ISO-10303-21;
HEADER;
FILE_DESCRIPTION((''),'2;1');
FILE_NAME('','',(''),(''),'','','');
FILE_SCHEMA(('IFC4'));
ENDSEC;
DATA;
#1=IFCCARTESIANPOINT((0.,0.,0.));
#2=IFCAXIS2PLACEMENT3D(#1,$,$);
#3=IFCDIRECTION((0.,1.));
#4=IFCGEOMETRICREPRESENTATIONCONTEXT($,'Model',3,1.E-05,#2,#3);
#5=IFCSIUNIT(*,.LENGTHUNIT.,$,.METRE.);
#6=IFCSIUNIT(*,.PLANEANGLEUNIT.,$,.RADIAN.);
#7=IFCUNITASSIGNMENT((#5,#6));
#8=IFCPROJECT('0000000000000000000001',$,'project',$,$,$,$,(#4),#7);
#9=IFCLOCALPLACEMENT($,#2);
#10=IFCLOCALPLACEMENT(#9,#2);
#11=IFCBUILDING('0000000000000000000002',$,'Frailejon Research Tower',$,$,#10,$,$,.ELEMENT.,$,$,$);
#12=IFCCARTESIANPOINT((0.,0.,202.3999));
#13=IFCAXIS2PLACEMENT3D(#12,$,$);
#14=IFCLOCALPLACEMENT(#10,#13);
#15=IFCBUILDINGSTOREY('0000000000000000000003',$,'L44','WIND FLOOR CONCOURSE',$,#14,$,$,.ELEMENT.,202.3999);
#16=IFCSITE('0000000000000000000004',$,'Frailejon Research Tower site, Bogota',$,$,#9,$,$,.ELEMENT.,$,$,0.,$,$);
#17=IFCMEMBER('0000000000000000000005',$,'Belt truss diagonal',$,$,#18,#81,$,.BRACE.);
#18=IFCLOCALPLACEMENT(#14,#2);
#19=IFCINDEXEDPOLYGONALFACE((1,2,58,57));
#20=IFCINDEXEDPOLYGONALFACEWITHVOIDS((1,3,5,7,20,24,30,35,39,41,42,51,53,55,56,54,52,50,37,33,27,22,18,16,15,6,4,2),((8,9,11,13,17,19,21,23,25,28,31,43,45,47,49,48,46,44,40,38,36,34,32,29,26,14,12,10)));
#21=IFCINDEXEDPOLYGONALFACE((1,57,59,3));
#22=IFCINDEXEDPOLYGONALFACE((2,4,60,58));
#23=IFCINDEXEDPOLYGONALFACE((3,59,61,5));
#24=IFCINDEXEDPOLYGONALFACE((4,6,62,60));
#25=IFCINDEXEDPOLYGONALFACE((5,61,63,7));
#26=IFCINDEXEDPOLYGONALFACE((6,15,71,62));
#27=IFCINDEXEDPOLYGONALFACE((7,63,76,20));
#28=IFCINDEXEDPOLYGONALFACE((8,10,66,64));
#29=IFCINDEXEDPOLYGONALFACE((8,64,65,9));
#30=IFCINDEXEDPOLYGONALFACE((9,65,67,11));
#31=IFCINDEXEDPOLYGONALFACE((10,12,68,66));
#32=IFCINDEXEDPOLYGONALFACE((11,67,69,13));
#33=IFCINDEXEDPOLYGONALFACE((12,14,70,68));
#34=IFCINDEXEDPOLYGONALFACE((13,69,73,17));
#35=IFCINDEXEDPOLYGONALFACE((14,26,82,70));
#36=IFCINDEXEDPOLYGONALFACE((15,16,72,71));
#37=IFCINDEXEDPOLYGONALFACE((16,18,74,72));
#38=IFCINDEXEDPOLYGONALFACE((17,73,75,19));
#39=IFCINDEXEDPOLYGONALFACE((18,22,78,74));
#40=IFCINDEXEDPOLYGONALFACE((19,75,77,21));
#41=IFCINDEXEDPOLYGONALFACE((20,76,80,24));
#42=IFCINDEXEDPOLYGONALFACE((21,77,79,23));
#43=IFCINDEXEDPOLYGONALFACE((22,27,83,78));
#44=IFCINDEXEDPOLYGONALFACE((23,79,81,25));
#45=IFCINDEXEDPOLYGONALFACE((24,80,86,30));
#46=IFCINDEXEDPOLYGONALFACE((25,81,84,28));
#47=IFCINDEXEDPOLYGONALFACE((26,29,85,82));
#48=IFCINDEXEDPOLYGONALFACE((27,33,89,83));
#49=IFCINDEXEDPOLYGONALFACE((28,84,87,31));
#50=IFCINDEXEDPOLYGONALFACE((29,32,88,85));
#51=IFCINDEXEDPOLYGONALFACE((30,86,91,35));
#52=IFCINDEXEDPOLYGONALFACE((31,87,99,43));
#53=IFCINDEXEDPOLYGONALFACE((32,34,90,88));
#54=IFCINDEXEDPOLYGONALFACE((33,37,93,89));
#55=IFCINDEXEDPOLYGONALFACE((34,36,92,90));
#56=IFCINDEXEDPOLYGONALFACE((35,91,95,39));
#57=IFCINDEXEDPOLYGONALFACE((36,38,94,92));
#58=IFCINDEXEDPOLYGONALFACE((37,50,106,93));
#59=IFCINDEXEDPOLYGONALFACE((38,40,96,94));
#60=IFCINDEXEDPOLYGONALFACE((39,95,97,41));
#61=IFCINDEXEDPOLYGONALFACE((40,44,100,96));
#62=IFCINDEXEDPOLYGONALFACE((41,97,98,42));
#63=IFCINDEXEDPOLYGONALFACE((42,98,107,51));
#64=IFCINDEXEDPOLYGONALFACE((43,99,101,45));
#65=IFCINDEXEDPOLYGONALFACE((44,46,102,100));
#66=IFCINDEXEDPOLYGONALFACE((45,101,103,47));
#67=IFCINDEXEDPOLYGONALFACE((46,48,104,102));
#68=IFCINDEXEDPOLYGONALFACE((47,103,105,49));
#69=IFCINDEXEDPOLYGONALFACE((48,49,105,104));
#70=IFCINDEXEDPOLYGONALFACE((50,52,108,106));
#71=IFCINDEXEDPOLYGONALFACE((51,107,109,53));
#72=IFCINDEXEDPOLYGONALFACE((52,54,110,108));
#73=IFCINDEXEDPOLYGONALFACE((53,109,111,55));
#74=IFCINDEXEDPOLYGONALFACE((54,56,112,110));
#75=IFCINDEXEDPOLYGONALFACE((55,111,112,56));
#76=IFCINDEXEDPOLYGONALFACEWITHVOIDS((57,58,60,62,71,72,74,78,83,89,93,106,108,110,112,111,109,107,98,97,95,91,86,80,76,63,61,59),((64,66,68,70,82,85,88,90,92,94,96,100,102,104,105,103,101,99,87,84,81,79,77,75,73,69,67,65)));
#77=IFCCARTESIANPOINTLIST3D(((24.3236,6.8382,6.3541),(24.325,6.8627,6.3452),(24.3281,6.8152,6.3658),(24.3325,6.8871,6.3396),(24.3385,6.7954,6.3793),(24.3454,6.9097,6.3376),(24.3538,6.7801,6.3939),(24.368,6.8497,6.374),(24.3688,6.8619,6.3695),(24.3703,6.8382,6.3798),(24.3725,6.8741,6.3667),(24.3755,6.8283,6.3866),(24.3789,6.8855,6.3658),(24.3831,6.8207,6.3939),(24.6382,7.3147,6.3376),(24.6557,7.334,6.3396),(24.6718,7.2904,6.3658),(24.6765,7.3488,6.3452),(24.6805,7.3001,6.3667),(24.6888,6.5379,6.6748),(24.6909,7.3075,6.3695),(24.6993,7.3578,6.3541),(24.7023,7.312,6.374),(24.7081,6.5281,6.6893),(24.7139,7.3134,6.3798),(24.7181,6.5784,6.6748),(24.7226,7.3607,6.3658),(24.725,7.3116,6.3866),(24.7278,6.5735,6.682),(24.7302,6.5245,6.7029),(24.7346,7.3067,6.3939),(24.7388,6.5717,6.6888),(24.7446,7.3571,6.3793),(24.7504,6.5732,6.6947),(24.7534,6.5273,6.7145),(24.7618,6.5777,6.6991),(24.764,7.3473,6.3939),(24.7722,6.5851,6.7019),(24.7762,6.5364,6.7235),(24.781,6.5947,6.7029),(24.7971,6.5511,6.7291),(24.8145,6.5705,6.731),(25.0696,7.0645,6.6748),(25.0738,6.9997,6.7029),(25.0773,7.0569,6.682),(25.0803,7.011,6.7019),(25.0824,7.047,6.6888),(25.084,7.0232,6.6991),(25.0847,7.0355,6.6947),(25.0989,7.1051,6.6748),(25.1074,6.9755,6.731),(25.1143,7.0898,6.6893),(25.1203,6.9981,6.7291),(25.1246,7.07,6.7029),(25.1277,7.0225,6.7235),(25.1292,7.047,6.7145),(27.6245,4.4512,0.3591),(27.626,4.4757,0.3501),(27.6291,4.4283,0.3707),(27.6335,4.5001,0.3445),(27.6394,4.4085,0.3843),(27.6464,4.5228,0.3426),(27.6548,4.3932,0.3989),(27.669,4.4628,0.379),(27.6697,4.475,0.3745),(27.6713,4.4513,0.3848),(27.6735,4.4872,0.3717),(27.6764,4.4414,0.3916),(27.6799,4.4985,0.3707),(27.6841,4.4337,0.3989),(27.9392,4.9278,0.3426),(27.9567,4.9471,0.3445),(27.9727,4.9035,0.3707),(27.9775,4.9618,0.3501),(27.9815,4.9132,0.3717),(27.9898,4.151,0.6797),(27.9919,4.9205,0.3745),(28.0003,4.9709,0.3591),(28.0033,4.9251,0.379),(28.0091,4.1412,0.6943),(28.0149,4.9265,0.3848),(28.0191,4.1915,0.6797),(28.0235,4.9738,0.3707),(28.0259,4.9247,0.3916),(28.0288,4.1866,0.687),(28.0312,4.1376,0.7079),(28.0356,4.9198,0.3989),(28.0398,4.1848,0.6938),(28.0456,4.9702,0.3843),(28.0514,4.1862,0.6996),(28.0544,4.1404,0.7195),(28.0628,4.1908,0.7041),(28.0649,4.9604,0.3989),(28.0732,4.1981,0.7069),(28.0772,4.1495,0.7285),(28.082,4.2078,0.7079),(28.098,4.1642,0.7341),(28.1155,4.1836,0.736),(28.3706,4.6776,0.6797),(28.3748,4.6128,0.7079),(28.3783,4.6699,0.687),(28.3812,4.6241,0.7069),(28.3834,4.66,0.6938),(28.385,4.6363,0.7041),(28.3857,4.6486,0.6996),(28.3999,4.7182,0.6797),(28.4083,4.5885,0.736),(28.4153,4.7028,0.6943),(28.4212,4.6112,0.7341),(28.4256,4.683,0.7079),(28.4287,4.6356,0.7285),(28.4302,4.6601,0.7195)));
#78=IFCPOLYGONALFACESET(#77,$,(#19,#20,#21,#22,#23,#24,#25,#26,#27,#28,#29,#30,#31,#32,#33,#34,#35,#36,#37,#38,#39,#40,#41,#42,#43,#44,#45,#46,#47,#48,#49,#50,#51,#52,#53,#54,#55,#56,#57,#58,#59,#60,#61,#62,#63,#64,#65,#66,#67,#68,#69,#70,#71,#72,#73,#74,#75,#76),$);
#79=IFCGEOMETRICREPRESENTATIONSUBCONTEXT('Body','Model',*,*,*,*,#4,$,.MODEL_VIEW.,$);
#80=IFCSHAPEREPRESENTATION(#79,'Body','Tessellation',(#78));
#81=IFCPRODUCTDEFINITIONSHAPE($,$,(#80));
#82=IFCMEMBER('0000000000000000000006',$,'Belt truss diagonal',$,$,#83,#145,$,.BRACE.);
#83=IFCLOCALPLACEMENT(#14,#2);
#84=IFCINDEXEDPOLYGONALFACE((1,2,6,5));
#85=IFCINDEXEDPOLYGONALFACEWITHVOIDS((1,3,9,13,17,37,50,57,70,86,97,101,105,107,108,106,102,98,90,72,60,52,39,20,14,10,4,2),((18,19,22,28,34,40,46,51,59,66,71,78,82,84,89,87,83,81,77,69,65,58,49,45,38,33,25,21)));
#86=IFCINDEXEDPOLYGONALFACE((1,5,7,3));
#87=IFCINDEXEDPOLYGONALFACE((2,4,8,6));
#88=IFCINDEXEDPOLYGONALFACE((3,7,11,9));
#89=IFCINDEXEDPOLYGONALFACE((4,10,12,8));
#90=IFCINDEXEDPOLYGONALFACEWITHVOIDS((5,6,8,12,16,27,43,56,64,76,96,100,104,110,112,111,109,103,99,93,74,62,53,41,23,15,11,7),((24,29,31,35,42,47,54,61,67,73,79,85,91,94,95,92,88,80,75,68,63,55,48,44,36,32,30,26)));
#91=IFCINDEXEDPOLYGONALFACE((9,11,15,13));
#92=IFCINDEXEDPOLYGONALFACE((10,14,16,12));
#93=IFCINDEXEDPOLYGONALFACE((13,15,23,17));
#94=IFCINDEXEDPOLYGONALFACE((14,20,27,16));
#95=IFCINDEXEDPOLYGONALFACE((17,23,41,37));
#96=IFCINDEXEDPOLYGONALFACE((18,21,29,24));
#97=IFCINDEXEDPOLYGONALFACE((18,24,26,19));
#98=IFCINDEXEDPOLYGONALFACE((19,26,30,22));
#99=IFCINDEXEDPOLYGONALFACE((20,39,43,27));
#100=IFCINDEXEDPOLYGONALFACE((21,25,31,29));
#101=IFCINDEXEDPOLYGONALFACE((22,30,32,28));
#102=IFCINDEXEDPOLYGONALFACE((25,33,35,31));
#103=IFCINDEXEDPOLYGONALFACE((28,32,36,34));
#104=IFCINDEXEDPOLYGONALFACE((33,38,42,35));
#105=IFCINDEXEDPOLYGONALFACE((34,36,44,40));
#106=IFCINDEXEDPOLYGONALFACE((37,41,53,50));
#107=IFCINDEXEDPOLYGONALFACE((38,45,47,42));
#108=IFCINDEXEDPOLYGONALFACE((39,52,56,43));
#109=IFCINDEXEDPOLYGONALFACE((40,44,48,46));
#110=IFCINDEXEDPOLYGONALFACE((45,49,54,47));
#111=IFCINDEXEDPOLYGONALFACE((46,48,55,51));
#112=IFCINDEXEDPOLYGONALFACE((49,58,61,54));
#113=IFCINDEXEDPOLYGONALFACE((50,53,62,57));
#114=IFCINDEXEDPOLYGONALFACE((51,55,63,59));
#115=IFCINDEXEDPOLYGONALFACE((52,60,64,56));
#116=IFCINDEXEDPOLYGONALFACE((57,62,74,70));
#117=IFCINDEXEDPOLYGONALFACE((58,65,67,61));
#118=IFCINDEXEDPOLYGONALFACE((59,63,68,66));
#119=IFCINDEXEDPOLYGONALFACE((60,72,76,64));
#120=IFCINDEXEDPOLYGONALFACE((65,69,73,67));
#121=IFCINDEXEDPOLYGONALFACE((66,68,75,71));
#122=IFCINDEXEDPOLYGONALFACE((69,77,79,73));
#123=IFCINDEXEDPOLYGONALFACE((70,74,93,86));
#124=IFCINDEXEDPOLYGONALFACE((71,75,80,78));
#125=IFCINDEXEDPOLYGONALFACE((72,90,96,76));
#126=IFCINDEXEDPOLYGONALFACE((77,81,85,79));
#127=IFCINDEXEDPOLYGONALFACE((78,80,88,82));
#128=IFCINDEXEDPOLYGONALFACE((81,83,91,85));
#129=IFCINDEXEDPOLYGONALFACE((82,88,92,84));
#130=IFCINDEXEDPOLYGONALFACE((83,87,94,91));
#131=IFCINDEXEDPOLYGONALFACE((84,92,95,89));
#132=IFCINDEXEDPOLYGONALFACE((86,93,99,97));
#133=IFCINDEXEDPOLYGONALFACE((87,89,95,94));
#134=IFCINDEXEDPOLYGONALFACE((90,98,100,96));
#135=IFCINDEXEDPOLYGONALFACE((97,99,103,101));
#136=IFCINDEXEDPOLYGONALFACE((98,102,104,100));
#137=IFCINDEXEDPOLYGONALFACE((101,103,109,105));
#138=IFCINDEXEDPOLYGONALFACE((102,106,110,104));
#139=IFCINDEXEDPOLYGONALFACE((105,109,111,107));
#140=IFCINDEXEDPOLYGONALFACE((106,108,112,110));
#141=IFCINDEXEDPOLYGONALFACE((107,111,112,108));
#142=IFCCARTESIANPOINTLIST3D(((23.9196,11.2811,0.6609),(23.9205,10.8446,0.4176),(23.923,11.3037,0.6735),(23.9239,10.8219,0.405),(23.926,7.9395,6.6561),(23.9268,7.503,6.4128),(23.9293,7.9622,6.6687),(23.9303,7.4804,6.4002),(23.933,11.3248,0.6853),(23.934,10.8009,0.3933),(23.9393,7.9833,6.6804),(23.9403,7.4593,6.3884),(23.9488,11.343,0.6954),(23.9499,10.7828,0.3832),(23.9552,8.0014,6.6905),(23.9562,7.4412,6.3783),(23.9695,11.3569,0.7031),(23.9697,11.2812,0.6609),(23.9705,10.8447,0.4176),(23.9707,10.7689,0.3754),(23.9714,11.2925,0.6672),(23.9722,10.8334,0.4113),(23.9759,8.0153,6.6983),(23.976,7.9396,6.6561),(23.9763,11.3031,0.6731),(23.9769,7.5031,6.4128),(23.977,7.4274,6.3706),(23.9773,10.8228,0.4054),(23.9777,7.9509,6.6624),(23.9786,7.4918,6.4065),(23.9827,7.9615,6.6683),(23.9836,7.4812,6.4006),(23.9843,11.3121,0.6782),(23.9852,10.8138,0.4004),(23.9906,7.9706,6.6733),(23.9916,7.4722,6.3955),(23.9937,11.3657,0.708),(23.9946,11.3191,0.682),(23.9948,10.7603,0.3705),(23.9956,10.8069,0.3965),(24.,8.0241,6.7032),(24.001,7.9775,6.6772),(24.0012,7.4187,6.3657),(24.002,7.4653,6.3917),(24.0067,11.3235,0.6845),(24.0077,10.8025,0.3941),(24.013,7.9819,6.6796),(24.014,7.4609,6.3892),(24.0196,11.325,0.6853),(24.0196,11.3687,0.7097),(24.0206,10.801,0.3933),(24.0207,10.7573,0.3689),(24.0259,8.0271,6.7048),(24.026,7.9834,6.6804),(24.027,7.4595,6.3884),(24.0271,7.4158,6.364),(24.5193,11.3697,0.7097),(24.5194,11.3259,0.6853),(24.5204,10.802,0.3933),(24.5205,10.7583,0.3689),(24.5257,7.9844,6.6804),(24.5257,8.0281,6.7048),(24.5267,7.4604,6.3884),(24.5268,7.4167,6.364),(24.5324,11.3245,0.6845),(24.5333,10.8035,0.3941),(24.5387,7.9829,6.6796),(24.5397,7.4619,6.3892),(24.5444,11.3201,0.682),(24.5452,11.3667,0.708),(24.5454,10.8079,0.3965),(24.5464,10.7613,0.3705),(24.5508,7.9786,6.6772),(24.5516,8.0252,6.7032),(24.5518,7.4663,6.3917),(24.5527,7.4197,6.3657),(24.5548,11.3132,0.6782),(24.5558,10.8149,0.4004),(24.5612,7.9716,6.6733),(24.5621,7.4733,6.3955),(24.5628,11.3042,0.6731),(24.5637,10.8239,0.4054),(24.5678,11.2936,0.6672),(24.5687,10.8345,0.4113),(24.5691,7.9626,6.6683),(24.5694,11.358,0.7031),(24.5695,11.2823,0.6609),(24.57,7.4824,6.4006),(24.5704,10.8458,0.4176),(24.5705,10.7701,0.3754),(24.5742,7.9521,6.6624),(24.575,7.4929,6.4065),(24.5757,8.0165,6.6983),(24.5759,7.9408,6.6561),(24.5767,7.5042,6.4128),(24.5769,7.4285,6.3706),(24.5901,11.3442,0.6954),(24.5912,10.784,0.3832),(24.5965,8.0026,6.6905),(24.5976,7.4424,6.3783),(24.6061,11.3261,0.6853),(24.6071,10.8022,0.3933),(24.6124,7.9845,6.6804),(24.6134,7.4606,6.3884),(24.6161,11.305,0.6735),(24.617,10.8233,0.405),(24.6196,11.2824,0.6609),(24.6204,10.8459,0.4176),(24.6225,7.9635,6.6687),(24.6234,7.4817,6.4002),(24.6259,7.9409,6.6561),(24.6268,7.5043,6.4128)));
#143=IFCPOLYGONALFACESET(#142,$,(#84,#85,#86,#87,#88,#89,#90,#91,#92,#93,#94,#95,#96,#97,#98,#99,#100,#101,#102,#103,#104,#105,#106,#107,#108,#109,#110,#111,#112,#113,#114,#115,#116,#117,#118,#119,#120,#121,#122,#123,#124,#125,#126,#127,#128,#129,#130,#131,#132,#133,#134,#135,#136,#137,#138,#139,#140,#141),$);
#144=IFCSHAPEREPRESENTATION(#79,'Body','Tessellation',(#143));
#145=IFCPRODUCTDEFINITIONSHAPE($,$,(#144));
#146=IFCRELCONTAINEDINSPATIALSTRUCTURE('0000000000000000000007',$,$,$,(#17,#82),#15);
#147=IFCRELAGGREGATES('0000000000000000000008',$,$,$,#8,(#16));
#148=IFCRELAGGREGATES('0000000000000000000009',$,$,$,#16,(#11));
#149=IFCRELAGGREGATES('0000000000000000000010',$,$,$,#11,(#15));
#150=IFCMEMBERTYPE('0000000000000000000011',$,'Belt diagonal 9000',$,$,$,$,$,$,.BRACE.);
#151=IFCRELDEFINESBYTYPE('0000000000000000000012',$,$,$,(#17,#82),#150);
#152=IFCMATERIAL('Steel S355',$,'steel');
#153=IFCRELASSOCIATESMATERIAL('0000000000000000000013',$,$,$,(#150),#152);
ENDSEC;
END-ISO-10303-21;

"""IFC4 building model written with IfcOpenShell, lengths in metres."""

from ifc_helpers import new_model, si_unit, direction, frame, origin, origin_2d, place, context, subcontext, project, spatial, hollow_rectangle, extrude, material, material_profile, profile_set, type_object, element, save


model = new_model("IFC4")

# Units and contexts
model_context = context("Model", 3, precision=1e-05, world=origin(), true_north=direction((0.0, 1.0)))
body_context = subcontext(model_context, "Body", "Model", "MODEL_VIEW")
ifc_project = project(units=[si_unit("LENGTHUNIT", "METRE"), si_unit("PLANEANGLEUNIT", "RADIAN")], contexts=[model_context])

# Site, building, storey
site_placement = place(None, origin())
site = spatial("IfcSite", under=ifc_project, at=site_placement, Name="Frailejon Research Tower site, Bogota", CompositionType="ELEMENT", RefElevation=0.0)
building_placement = place(site_placement, origin())
building = spatial("IfcBuilding", under=site, at=building_placement, Name="Frailejon Research Tower", CompositionType="ELEMENT")
storey_placement = place(building_placement, frame((0.0, 0.0, 202.3999)))
storey = spatial("IfcBuildingStorey", under=building, at=storey_placement, Name="L44", Description="WIND FLOOR CONCOURSE", CompositionType="ELEMENT", Elevation=202.3999)

# Members
ifc_material_1 = material(Name="Steel S355", Category="steel")
ifc_material_profile_1 = material_profile(ifc_material_1, hollow_rectangle(XDim=0.7, YDim=0.7, WallThickness=0.05, InnerFilletRadius=0.05, OuterFilletRadius=0.1001, at=origin_2d()), Name="Belt diagonal 9000")
ifc_profile_set_1 = profile_set([ifc_material_profile_1], Name="Steel S355")
member_type = type_object("IfcMemberType", Name="Belt diagonal 9000", PredefinedType="BRACE", material=ifc_profile_set_1)
member_1_placement = place(storey_placement, frame((28.0273, 4.5557, 0.5393), z_axis=(-0.45543, 0.32932, 0.827123), x_axis=(-0.585957, -0.810342, 0.0)))
element("IfcMember", 1, at=member_1_placement, inside=storey, type_object=member_type, Name="Belt truss diagonal", PredefinedType="BRACE", context=body_context, shape_type="SweptSolid", body=[
    extrude(hollow_rectangle(XDim=0.7, YDim=0.7, WallThickness=0.05, InnerFilletRadius=0.05, OuterFilletRadius=0.1001, at=origin_2d()), origin(), (0.0, 0.0, 1.0), 7.248),
])
member_2_placement = place(storey_placement, frame((24.2764, 7.7219, 6.5344), z_axis=(-0.000925, 0.486859, -0.87348), x_axis=(-0.999998, -0.0019, 0.0)))
element("IfcMember", 2, at=member_2_placement, inside=storey, type_object=member_type, Name="Belt truss diagonal", PredefinedType="BRACE", context=body_context, shape_type="SweptSolid", body=[
    extrude(hollow_rectangle(XDim=0.7, YDim=0.7, WallThickness=0.05, InnerFilletRadius=0.05, OuterFilletRadius=0.1001, at=origin_2d()), origin(), (0.0, 0.0, 1.0), 6.8635),
])

save(model, "model.ifc")
